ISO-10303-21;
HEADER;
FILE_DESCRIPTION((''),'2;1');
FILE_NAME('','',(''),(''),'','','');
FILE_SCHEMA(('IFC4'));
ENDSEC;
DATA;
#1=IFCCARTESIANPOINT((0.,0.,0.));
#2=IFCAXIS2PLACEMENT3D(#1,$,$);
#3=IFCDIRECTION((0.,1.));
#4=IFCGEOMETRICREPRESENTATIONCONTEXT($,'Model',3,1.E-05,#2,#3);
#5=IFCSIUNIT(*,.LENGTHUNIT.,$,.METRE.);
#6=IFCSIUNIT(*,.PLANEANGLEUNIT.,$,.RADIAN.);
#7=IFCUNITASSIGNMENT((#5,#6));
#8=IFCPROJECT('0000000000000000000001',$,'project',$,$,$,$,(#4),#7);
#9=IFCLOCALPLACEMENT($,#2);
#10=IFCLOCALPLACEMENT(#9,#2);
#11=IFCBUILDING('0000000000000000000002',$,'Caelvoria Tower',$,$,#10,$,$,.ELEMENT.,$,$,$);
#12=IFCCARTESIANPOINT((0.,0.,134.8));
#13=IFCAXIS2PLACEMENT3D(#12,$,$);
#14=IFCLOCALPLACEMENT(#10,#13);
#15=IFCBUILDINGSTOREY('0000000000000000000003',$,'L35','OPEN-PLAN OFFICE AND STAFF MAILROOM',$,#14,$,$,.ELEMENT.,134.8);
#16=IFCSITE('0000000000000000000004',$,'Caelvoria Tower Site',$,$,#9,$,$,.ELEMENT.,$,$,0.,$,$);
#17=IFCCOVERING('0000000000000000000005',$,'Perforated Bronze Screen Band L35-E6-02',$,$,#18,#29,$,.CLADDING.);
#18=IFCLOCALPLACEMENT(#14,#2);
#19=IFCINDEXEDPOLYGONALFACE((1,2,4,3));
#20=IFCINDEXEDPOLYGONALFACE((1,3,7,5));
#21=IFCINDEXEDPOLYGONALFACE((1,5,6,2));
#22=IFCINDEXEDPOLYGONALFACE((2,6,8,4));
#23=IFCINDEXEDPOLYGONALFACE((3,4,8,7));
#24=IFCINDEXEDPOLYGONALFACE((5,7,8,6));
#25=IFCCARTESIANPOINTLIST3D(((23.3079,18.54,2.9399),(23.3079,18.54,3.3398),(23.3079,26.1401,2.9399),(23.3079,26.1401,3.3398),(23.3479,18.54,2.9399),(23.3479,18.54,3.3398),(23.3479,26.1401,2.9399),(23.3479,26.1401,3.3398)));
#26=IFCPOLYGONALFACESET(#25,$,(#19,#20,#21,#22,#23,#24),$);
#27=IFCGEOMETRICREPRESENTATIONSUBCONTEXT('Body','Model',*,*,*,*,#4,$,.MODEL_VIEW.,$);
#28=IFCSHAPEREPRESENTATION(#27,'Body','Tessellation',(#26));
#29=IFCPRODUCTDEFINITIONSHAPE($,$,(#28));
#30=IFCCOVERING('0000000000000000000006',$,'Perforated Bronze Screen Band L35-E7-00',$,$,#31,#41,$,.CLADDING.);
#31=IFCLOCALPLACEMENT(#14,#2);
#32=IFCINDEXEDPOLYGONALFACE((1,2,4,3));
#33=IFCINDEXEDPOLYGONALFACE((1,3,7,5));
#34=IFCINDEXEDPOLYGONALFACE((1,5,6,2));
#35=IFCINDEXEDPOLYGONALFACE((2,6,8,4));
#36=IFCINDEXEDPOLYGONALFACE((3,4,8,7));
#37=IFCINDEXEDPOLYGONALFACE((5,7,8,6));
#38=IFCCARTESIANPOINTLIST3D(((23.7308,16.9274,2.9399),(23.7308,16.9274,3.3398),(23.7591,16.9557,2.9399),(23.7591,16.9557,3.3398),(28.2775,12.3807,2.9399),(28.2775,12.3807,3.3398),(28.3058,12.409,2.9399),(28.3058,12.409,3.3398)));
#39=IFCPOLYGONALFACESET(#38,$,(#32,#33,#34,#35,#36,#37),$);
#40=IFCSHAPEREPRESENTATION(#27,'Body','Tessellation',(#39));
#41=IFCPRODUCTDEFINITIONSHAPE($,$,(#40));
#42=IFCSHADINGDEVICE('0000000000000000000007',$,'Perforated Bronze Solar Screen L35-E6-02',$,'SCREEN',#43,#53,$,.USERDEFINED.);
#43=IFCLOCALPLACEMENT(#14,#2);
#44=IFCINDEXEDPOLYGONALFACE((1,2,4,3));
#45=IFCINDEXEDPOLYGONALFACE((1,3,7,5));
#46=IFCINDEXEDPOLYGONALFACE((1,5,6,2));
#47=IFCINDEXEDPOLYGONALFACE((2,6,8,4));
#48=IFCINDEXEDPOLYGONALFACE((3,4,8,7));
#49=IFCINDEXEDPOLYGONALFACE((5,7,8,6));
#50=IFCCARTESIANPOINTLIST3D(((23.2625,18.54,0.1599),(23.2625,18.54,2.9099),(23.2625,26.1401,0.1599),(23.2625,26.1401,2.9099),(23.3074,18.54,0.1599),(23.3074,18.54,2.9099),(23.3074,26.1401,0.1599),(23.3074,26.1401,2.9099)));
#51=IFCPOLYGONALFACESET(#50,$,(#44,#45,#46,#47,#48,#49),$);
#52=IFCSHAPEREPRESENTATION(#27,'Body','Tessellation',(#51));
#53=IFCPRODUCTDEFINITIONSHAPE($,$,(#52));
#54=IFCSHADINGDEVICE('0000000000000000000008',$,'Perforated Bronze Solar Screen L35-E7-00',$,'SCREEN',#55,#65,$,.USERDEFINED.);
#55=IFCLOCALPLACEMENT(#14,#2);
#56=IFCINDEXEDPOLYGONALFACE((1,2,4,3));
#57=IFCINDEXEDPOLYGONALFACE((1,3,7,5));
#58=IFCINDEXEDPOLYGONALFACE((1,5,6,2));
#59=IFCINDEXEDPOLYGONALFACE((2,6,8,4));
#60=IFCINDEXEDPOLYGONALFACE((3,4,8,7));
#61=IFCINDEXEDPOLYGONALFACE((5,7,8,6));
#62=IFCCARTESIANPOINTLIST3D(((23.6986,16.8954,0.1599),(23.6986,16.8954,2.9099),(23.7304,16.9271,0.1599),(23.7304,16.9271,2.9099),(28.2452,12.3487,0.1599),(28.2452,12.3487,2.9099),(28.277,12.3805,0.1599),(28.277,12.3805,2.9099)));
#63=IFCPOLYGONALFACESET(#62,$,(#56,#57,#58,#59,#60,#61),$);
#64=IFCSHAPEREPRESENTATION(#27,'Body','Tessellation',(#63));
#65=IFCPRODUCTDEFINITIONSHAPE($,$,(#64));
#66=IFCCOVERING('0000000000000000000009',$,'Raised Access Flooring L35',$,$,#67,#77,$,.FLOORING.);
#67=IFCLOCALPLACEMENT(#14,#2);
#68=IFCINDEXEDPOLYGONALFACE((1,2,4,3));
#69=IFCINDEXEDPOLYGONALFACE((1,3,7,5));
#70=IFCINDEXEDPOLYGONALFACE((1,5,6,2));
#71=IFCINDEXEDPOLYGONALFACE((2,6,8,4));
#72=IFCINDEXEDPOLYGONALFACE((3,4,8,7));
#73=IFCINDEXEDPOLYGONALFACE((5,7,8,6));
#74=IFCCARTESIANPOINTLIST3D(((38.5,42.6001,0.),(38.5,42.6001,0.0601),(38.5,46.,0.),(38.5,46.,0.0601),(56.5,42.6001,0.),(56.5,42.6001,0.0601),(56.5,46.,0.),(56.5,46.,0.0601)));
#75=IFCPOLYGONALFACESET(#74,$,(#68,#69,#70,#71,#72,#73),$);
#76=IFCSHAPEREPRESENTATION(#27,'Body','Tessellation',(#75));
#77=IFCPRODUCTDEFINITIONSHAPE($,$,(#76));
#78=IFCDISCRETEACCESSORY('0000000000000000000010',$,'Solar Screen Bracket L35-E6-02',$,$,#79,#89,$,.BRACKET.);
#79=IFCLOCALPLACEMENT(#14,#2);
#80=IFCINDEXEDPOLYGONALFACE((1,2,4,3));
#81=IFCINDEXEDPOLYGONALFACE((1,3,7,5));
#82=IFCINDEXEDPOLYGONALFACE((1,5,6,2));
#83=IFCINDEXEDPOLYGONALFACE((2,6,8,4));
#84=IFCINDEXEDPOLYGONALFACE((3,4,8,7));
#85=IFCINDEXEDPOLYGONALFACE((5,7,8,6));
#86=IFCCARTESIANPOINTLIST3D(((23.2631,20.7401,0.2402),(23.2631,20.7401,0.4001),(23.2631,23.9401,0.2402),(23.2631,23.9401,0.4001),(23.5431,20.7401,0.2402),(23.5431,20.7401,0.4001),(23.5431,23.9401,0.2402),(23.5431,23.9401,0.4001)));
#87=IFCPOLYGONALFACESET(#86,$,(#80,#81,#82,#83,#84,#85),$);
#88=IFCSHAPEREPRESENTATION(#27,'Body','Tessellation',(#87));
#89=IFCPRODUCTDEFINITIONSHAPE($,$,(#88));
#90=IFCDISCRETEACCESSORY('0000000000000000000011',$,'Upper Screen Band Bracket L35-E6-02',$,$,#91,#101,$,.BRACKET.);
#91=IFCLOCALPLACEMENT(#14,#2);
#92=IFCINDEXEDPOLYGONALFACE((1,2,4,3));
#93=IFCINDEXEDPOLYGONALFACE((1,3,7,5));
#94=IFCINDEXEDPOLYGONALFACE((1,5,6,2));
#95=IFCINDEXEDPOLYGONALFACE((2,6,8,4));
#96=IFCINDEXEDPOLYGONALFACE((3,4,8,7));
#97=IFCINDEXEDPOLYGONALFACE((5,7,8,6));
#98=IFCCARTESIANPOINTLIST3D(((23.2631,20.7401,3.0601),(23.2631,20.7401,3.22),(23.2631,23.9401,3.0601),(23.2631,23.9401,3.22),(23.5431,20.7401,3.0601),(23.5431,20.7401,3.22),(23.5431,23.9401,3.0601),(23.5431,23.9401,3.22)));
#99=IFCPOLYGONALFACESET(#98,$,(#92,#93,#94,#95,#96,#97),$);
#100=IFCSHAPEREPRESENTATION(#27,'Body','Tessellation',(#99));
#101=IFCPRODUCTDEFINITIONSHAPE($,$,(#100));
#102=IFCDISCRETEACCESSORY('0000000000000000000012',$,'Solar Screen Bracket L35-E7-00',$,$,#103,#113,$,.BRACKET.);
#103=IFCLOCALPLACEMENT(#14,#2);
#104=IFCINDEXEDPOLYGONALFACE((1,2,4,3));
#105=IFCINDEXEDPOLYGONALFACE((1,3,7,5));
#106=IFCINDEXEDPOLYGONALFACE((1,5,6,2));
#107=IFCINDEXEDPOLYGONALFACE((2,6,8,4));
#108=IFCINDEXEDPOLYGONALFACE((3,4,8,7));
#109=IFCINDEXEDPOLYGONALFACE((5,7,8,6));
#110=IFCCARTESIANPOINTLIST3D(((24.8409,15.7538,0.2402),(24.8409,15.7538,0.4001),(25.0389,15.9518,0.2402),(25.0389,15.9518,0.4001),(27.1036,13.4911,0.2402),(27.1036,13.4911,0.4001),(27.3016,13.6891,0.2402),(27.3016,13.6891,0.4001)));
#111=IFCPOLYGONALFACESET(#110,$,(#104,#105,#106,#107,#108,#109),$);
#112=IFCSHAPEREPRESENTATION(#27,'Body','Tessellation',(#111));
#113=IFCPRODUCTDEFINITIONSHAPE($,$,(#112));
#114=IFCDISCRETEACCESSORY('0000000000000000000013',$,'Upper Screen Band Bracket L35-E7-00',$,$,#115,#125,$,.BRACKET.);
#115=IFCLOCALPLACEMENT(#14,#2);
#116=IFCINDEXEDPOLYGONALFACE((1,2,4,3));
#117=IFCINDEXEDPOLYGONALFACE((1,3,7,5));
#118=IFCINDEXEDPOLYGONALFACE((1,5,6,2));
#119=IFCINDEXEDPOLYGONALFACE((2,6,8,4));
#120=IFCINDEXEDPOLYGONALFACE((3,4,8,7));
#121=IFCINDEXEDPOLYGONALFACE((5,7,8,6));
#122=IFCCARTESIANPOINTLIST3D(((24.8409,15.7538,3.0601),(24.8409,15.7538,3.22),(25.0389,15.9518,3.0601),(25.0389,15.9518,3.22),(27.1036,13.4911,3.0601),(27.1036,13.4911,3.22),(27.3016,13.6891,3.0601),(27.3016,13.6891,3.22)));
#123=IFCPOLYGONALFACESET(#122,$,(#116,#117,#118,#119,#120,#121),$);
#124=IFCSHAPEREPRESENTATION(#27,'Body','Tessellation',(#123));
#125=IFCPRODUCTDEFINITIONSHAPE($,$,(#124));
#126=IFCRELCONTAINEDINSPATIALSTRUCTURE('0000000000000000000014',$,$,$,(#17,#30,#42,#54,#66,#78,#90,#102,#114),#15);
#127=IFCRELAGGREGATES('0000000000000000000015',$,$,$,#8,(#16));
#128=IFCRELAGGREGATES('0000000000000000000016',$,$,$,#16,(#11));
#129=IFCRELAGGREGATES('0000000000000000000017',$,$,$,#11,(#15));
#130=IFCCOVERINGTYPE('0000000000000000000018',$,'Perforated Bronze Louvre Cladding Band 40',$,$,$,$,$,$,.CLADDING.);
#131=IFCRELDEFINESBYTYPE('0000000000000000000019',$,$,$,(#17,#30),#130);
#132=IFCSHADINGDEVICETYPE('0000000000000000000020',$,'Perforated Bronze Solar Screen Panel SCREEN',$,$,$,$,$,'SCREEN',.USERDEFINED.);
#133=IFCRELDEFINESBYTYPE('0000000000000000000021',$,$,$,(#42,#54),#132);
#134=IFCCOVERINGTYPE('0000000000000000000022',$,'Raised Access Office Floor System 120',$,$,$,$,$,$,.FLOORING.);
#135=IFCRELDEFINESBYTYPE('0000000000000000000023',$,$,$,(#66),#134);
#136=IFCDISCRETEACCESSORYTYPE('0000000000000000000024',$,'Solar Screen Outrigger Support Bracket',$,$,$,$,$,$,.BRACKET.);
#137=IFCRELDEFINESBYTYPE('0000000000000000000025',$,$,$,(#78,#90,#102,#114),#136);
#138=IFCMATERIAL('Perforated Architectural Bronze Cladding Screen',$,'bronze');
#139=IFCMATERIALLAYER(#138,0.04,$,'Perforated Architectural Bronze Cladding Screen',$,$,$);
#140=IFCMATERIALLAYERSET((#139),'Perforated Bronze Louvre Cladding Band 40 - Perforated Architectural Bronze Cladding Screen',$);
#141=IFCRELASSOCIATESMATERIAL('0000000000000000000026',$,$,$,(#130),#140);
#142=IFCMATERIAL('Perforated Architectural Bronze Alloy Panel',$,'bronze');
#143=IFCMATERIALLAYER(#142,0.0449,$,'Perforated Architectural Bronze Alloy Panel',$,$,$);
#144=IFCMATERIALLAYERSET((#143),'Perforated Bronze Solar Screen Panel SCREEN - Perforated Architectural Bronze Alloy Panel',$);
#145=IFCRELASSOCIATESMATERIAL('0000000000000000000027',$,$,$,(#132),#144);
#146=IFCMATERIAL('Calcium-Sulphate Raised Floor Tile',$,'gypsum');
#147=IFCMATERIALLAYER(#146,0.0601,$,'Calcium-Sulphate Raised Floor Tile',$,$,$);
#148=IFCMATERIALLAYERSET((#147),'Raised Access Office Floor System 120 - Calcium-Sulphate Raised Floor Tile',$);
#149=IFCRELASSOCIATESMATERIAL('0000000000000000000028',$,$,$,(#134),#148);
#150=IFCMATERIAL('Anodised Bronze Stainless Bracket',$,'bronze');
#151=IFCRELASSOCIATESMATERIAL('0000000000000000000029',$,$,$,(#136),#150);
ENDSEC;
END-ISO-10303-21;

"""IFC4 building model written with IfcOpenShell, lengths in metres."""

from ifc_helpers import new_model, si_unit, direction, frame, origin, origin_2d, place, context, subcontext, project, spatial, polyline, rectangle, outline, extrude, material, layer, layer_set, type_object, element, save


model = new_model("IFC4")

# Units and contexts
model_context = context("Model", 3, precision=1e-05, world=origin(), true_north=direction((0.0, 1.0)))
body_context = subcontext(model_context, "Body", "Model", "MODEL_VIEW")
ifc_project = project(units=[si_unit("LENGTHUNIT", "METRE"), si_unit("PLANEANGLEUNIT", "RADIAN")], contexts=[model_context])

# Site, building, storey
site_placement = place(None, origin())
site = spatial("IfcSite", under=ifc_project, at=site_placement, Name="Caelvoria Tower Site", CompositionType="ELEMENT", RefElevation=0.0)
building_placement = place(site_placement, origin())
building = spatial("IfcBuilding", under=site, at=building_placement, Name="Caelvoria Tower", CompositionType="ELEMENT")
storey_placement = place(building_placement, frame((0.0, 0.0, 134.8)))
storey = spatial("IfcBuildingStorey", under=building, at=storey_placement, Name="L35", Description="OPEN-PLAN OFFICE AND STAFF MAILROOM", CompositionType="ELEMENT", Elevation=134.8)

# Coverings
ifc_material_1 = material(Name="Perforated Architectural Bronze Cladding Screen", Category="bronze")
ifc_layer_1 = layer(ifc_material_1, 0.04, Name="Perforated Architectural Bronze Cladding Screen")
ifc_layer_set_1 = layer_set([ifc_layer_1], Name="Perforated Bronze Louvre Cladding Band 40 - Perforated Architectural Bronze Cladding Screen")
covering_type_1 = type_object("IfcCoveringType", Name="Perforated Bronze Louvre Cladding Band 40", PredefinedType="CLADDING", material=ifc_layer_set_1)
covering_1_placement = place(storey_placement, frame((23.3279, 22.3401, 2.9399), z_axis=(0.0, 0.0, 1.0), x_axis=(0.0, -1.0, 0.0)))
element("IfcCovering", 1, at=covering_1_placement, inside=storey, type_object=covering_type_1, Name="Perforated Bronze Screen Band L35-E6-02", PredefinedType="CLADDING", context=body_context, shape_type="SweptSolid", body=[
    extrude(rectangle(XDim=7.6001, YDim=0.04, at=origin_2d()), origin(), (0.0, 0.0, 1.0), 0.3999),
])
covering_2_placement = place(storey_placement, frame((26.0183, 14.6682, 2.9399), z_axis=(0.0, 0.0, 1.0), x_axis=(0.707107, -0.707107, 0.0)))
element("IfcCovering", 2, at=covering_2_placement, inside=storey, type_object=covering_type_1, Name="Perforated Bronze Screen Band L35-E7-00", PredefinedType="CLADDING", context=body_context, shape_type="SweptSolid", body=[
    extrude(rectangle(XDim=6.4299, YDim=0.04, at=origin_2d()), origin(), (0.0, 0.0, 1.0), 0.3999),
])

# Shading devices
ifc_material_2 = material(Name="Perforated Architectural Bronze Alloy Panel", Category="bronze")
ifc_layer_2 = layer(ifc_material_2, 0.0449, Name="Perforated Architectural Bronze Alloy Panel")
ifc_layer_set_2 = layer_set([ifc_layer_2], Name="Perforated Bronze Solar Screen Panel SCREEN - Perforated Architectural Bronze Alloy Panel")
shading_device_type = type_object("IfcShadingDeviceType", Name="Perforated Bronze Solar Screen Panel SCREEN", ElementType="SCREEN", PredefinedType="USERDEFINED", material=ifc_layer_set_2)
shading_device_1_placement = place(storey_placement, frame((23.2849, 22.3401, 0.1599), z_axis=(0.0, 0.0, 1.0), x_axis=(0.0, -1.0, 0.0)))
element("IfcShadingDevice", 3, at=shading_device_1_placement, inside=storey, type_object=shading_device_type, Name="Perforated Bronze Solar Screen L35-E6-02", ObjectType="SCREEN", PredefinedType="USERDEFINED", context=body_context, shape_type="SweptSolid", body=[
    extrude(rectangle(XDim=7.6001, YDim=0.0449, at=origin_2d()), origin(), (0.0, 0.0, 1.0), 2.75),
])
shading_device_2_placement = place(storey_placement, frame((25.9878, 14.6379, 0.1599), z_axis=(0.0, 0.0, 1.0), x_axis=(0.707107, -0.707107, 0.0)))
element("IfcShadingDevice", 4, at=shading_device_2_placement, inside=storey, type_object=shading_device_type, Name="Perforated Bronze Solar Screen L35-E7-00", ObjectType="SCREEN", PredefinedType="USERDEFINED", context=body_context, shape_type="SweptSolid", body=[
    extrude(rectangle(XDim=6.4299, YDim=0.0449, at=origin_2d()), origin(), (0.0, 0.0, 1.0), 2.75),
])

# Covering
ifc_material_3 = material(Name="Calcium-Sulphate Raised Floor Tile", Category="gypsum")
ifc_layer_3 = layer(ifc_material_3, 0.0601, Name="Calcium-Sulphate Raised Floor Tile")
ifc_layer_set_3 = layer_set([ifc_layer_3], Name="Raised Access Office Floor System 120 - Calcium-Sulphate Raised Floor Tile")
covering_type_2 = type_object("IfcCoveringType", Name="Raised Access Office Floor System 120", PredefinedType="FLOORING", material=ifc_layer_set_3)
covering_3_placement = place(storey_placement, origin())
element("IfcCovering", 5, at=covering_3_placement, inside=storey, type_object=covering_type_2, Name="Raised Access Flooring L35", PredefinedType="FLOORING", context=body_context, shape_type="SweptSolid", body=[
    extrude(outline(polyline([(38.5, 42.6001), (56.5, 42.6001), (56.5, 46.0), (38.5, 46.0), (38.5, 42.6001)])), origin(), (0.0, 0.0, 1.0), 0.0601),
])

# Discrete accessories
ifc_material_4 = material(Name="Anodised Bronze Stainless Bracket", Category="bronze")
discrete_accessory_type = type_object("IfcDiscreteAccessoryType", Name="Solar Screen Outrigger Support Bracket", PredefinedType="BRACKET", material=ifc_material_4)
for number, where, z_axis, x_axis, name in (
    (6, (23.4031, 22.3401, 0.2402), (0.0, 0.0, 1.0), (0.0, -1.0, 0.0), "Solar Screen Bracket L35-E6-02"),
    (7, (23.4031, 22.3401, 3.0601), (0.0, 0.0, 1.0), (0.0, -1.0, 0.0), "Upper Screen Band Bracket L35-E6-02"),
    (8, (26.0713, 14.7214, 0.2402), (0.0, 0.0, 1.0), (0.707107, -0.707107, 0.0), "Solar Screen Bracket L35-E7-00"),
    (9, (26.0713, 14.7214, 3.0601), (0.0, 0.0, 1.0), (0.707107, -0.707107, 0.0), "Upper Screen Band Bracket L35-E7-00"),
):
    element("IfcDiscreteAccessory", number, at=place(storey_placement, frame(where, z_axis=z_axis, x_axis=x_axis)), inside=storey, type_object=discrete_accessory_type, Name=name, PredefinedType="BRACKET", context=body_context, shape_type="SweptSolid", body=[
        extrude(rectangle(XDim=3.2, YDim=0.28, at=origin_2d()), origin(), (0.0, 0.0, 1.0), 0.1599),
    ])

save(model, "model.ifc")
